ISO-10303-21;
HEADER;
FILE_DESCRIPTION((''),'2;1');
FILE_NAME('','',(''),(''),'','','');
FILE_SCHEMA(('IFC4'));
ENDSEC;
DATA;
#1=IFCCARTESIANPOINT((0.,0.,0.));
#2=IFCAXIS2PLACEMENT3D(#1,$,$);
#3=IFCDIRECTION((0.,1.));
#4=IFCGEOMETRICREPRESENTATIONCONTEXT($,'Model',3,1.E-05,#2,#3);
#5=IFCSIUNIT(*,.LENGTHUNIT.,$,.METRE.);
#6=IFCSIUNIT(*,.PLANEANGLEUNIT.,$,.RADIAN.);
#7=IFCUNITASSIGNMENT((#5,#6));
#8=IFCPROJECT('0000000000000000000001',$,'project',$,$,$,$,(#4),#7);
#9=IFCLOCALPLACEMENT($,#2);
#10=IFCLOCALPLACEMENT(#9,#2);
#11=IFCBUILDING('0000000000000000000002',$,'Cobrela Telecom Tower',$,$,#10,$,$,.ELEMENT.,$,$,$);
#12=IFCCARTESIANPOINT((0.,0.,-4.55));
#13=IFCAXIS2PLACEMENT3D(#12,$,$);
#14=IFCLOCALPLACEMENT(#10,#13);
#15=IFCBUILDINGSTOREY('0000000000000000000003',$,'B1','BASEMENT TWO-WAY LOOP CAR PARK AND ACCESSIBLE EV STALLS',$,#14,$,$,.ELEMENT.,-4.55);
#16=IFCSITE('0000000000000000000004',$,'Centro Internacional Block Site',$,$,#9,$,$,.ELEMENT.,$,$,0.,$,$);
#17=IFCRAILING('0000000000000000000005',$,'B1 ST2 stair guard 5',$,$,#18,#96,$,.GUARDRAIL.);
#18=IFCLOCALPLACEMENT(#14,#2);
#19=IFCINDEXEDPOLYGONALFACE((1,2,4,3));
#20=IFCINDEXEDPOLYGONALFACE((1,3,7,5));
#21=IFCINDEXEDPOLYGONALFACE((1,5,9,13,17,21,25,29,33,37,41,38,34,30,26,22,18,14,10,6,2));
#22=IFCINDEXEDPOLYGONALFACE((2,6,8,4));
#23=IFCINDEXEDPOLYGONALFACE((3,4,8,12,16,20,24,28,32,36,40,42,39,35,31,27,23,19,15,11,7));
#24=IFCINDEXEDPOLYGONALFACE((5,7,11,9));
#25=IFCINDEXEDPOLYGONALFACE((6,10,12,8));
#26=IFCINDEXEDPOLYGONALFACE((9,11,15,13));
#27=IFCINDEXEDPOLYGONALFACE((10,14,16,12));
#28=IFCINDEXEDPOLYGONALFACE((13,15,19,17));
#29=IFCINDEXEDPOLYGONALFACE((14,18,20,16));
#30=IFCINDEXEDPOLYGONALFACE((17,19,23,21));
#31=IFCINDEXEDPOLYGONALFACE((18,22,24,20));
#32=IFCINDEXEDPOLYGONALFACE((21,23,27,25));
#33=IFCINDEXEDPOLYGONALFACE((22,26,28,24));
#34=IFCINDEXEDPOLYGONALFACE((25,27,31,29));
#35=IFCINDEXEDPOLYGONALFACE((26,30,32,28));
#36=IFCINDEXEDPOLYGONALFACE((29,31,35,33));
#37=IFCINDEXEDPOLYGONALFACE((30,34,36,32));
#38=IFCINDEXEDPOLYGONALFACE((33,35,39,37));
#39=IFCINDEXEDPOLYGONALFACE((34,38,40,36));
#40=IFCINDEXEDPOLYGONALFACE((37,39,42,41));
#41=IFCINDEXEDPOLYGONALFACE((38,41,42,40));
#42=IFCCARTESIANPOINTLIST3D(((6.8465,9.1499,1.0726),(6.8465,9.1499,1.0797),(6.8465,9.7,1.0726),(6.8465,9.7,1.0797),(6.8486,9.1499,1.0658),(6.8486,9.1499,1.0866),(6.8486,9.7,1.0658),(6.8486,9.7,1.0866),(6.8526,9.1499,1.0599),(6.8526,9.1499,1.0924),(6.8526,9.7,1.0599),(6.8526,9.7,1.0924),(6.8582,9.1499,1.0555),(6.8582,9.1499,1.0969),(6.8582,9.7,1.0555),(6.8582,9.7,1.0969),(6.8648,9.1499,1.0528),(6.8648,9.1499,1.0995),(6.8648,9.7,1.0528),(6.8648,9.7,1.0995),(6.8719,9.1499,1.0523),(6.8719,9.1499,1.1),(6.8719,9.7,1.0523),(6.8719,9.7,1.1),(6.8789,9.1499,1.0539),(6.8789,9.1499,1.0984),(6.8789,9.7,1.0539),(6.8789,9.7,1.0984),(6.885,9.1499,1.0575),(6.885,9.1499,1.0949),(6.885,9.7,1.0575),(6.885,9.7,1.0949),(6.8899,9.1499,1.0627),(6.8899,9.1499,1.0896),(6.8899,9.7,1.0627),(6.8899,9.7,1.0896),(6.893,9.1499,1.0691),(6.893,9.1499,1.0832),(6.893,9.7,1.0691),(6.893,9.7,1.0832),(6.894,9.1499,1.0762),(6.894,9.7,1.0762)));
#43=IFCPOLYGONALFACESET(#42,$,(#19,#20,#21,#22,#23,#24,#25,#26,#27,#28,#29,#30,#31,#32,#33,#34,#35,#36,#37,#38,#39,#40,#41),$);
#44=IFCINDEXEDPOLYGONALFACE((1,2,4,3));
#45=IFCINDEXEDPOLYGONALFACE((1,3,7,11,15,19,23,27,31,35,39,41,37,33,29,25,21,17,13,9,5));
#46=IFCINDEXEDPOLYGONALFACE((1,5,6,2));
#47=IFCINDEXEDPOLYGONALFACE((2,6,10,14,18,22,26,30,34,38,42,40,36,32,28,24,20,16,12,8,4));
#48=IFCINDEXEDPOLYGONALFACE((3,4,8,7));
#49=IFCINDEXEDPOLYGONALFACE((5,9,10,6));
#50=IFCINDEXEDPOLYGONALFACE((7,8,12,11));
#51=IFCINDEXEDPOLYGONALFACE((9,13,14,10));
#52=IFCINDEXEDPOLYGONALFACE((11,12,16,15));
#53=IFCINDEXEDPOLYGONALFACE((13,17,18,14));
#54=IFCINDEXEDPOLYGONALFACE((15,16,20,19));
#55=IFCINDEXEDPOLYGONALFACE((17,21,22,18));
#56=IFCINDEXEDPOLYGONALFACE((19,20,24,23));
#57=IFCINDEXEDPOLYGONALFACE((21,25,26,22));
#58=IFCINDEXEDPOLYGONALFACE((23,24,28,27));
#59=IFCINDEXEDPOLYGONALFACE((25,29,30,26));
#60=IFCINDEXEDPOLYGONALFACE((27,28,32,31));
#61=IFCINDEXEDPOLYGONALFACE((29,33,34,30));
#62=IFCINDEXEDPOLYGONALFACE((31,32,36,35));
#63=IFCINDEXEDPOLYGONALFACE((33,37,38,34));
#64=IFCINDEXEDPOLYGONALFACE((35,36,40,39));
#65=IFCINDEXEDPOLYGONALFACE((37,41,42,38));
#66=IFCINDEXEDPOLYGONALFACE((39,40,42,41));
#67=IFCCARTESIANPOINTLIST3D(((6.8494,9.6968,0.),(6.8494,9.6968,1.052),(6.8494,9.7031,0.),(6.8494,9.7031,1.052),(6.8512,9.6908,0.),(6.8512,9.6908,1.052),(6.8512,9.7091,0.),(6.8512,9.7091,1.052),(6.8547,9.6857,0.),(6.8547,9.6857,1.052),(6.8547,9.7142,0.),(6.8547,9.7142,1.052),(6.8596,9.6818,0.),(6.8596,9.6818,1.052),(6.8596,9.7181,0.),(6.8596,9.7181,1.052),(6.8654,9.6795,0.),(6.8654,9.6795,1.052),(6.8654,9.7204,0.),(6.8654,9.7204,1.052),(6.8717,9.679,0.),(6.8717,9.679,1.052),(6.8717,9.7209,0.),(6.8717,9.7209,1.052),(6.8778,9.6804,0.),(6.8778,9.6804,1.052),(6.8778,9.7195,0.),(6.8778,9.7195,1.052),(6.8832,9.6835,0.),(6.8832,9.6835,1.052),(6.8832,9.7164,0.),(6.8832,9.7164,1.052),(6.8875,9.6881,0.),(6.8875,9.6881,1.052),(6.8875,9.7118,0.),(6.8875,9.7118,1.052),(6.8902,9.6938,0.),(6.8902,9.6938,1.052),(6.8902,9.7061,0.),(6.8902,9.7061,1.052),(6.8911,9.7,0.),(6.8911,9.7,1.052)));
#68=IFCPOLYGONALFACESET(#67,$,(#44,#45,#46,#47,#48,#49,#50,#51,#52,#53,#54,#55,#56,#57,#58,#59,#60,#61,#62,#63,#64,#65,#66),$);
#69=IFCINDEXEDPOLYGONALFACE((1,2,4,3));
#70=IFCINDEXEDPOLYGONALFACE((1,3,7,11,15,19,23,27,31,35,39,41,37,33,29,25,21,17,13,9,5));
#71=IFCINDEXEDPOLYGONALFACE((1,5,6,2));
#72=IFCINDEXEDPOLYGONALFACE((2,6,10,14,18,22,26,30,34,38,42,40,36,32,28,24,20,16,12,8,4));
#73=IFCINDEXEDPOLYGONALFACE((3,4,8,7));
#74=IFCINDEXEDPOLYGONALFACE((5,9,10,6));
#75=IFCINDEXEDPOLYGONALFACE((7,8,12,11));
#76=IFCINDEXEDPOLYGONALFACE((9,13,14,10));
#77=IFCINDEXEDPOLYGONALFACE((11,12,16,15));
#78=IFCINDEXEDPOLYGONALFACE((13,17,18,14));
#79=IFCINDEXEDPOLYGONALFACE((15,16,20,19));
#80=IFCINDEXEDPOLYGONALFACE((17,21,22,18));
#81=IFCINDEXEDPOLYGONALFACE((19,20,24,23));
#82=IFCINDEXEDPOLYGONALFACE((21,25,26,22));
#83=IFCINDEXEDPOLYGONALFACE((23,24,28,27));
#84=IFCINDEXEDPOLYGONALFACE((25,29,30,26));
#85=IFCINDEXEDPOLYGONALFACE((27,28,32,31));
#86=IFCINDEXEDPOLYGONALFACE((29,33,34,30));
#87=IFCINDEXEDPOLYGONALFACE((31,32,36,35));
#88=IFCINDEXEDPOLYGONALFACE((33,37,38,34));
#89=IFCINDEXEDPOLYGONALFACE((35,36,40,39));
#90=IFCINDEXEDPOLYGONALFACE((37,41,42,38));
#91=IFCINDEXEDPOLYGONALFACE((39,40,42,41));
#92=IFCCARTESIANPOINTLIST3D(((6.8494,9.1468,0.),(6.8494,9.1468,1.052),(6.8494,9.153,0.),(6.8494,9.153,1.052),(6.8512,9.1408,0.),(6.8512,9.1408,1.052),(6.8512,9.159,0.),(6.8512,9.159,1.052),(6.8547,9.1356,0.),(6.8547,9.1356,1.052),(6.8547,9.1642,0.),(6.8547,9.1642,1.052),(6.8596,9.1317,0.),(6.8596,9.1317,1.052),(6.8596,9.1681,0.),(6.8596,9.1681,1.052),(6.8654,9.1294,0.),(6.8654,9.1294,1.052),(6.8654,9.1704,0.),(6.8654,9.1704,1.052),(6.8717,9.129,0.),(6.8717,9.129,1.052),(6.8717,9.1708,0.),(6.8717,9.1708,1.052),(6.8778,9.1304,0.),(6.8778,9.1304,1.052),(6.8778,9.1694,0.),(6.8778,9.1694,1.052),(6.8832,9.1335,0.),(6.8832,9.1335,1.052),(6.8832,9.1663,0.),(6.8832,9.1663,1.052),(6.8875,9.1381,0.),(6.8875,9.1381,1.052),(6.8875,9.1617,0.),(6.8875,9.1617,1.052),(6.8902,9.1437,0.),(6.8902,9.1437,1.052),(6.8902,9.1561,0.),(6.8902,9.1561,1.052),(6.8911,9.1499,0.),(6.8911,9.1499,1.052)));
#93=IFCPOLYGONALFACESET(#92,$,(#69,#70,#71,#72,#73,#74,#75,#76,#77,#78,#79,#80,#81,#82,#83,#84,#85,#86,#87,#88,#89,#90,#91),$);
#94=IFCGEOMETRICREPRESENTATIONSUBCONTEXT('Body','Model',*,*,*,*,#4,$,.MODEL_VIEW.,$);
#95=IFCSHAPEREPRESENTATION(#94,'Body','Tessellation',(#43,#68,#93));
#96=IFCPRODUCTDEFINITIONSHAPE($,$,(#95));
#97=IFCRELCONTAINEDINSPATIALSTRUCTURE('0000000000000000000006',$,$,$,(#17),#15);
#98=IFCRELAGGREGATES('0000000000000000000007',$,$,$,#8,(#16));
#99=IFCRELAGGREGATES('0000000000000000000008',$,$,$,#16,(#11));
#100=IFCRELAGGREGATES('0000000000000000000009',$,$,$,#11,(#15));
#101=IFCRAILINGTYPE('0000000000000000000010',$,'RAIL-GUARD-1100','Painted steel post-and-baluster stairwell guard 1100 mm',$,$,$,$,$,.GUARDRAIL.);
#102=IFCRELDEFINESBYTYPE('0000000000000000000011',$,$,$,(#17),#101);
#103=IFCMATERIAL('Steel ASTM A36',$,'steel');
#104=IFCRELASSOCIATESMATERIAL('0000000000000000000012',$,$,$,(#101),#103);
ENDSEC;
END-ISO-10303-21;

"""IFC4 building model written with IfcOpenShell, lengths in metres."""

from ifc_helpers import new_model, si_unit, direction, frame, origin, origin_2d, place, context, subcontext, project, spatial, circle, extrude, material, type_object, element, save


model = new_model("IFC4")

# Units and contexts
model_context = context("Model", 3, precision=1e-05, world=origin(), true_north=direction((0.0, 1.0)))
body_context = subcontext(model_context, "Body", "Model", "MODEL_VIEW")
ifc_project = project(units=[si_unit("LENGTHUNIT", "METRE"), si_unit("PLANEANGLEUNIT", "RADIAN")], contexts=[model_context])

# Site, building, storey
site_placement = place(None, origin())
site = spatial("IfcSite", under=ifc_project, at=site_placement, Name="Centro Internacional Block Site", CompositionType="ELEMENT", RefElevation=0.0)
building_placement = place(site_placement, origin())
building = spatial("IfcBuilding", under=site, at=building_placement, Name="Cobrela Telecom Tower", CompositionType="ELEMENT")
storey_placement = place(building_placement, frame((0.0, 0.0, -4.55)))
storey = spatial("IfcBuildingStorey", under=building, at=storey_placement, Name="B1", Description="BASEMENT TWO-WAY LOOP CAR PARK AND ACCESSIBLE EV STALLS", CompositionType="ELEMENT", Elevation=-4.55)

# Shared definitions
ifc_material_1 = material(Name="Steel ASTM A36", Category="steel")

# Railing
railing_type_1 = type_object("IfcRailingType", Name="RAIL-GUARD-1100", Description="Painted steel post-and-baluster stairwell guard 1100 mm", PredefinedType="GUARDRAIL", material=ifc_material_1)
railing_1_placement = place(storey_placement, frame((6.8701, 9.7, 0.0)))
element("IfcRailing", 1, at=railing_1_placement, inside=storey, type_object=railing_type_1, Name="B1 ST2 stair guard 5", PredefinedType="GUARDRAIL", context=body_context, shape_type="SweptSolid", body=[
    extrude(circle(Radius=0.0239, at=origin_2d()), frame((0.0, 0.0, 1.0762), z_axis=(0.0, -1.0, 0.0), x_axis=(1.0, 0.0, 0.0)), (0.0, 0.0, 1.0), 0.55),
    extrude(circle(Radius=0.021, at=origin_2d()), origin(), (0.0, 0.0, 1.0), 1.052),
    extrude(circle(Radius=0.021, at=origin_2d()), frame((0.0, -0.55, 0.0)), (0.0, 0.0, 1.0), 1.052),
])

save(model, "model.ifc")
